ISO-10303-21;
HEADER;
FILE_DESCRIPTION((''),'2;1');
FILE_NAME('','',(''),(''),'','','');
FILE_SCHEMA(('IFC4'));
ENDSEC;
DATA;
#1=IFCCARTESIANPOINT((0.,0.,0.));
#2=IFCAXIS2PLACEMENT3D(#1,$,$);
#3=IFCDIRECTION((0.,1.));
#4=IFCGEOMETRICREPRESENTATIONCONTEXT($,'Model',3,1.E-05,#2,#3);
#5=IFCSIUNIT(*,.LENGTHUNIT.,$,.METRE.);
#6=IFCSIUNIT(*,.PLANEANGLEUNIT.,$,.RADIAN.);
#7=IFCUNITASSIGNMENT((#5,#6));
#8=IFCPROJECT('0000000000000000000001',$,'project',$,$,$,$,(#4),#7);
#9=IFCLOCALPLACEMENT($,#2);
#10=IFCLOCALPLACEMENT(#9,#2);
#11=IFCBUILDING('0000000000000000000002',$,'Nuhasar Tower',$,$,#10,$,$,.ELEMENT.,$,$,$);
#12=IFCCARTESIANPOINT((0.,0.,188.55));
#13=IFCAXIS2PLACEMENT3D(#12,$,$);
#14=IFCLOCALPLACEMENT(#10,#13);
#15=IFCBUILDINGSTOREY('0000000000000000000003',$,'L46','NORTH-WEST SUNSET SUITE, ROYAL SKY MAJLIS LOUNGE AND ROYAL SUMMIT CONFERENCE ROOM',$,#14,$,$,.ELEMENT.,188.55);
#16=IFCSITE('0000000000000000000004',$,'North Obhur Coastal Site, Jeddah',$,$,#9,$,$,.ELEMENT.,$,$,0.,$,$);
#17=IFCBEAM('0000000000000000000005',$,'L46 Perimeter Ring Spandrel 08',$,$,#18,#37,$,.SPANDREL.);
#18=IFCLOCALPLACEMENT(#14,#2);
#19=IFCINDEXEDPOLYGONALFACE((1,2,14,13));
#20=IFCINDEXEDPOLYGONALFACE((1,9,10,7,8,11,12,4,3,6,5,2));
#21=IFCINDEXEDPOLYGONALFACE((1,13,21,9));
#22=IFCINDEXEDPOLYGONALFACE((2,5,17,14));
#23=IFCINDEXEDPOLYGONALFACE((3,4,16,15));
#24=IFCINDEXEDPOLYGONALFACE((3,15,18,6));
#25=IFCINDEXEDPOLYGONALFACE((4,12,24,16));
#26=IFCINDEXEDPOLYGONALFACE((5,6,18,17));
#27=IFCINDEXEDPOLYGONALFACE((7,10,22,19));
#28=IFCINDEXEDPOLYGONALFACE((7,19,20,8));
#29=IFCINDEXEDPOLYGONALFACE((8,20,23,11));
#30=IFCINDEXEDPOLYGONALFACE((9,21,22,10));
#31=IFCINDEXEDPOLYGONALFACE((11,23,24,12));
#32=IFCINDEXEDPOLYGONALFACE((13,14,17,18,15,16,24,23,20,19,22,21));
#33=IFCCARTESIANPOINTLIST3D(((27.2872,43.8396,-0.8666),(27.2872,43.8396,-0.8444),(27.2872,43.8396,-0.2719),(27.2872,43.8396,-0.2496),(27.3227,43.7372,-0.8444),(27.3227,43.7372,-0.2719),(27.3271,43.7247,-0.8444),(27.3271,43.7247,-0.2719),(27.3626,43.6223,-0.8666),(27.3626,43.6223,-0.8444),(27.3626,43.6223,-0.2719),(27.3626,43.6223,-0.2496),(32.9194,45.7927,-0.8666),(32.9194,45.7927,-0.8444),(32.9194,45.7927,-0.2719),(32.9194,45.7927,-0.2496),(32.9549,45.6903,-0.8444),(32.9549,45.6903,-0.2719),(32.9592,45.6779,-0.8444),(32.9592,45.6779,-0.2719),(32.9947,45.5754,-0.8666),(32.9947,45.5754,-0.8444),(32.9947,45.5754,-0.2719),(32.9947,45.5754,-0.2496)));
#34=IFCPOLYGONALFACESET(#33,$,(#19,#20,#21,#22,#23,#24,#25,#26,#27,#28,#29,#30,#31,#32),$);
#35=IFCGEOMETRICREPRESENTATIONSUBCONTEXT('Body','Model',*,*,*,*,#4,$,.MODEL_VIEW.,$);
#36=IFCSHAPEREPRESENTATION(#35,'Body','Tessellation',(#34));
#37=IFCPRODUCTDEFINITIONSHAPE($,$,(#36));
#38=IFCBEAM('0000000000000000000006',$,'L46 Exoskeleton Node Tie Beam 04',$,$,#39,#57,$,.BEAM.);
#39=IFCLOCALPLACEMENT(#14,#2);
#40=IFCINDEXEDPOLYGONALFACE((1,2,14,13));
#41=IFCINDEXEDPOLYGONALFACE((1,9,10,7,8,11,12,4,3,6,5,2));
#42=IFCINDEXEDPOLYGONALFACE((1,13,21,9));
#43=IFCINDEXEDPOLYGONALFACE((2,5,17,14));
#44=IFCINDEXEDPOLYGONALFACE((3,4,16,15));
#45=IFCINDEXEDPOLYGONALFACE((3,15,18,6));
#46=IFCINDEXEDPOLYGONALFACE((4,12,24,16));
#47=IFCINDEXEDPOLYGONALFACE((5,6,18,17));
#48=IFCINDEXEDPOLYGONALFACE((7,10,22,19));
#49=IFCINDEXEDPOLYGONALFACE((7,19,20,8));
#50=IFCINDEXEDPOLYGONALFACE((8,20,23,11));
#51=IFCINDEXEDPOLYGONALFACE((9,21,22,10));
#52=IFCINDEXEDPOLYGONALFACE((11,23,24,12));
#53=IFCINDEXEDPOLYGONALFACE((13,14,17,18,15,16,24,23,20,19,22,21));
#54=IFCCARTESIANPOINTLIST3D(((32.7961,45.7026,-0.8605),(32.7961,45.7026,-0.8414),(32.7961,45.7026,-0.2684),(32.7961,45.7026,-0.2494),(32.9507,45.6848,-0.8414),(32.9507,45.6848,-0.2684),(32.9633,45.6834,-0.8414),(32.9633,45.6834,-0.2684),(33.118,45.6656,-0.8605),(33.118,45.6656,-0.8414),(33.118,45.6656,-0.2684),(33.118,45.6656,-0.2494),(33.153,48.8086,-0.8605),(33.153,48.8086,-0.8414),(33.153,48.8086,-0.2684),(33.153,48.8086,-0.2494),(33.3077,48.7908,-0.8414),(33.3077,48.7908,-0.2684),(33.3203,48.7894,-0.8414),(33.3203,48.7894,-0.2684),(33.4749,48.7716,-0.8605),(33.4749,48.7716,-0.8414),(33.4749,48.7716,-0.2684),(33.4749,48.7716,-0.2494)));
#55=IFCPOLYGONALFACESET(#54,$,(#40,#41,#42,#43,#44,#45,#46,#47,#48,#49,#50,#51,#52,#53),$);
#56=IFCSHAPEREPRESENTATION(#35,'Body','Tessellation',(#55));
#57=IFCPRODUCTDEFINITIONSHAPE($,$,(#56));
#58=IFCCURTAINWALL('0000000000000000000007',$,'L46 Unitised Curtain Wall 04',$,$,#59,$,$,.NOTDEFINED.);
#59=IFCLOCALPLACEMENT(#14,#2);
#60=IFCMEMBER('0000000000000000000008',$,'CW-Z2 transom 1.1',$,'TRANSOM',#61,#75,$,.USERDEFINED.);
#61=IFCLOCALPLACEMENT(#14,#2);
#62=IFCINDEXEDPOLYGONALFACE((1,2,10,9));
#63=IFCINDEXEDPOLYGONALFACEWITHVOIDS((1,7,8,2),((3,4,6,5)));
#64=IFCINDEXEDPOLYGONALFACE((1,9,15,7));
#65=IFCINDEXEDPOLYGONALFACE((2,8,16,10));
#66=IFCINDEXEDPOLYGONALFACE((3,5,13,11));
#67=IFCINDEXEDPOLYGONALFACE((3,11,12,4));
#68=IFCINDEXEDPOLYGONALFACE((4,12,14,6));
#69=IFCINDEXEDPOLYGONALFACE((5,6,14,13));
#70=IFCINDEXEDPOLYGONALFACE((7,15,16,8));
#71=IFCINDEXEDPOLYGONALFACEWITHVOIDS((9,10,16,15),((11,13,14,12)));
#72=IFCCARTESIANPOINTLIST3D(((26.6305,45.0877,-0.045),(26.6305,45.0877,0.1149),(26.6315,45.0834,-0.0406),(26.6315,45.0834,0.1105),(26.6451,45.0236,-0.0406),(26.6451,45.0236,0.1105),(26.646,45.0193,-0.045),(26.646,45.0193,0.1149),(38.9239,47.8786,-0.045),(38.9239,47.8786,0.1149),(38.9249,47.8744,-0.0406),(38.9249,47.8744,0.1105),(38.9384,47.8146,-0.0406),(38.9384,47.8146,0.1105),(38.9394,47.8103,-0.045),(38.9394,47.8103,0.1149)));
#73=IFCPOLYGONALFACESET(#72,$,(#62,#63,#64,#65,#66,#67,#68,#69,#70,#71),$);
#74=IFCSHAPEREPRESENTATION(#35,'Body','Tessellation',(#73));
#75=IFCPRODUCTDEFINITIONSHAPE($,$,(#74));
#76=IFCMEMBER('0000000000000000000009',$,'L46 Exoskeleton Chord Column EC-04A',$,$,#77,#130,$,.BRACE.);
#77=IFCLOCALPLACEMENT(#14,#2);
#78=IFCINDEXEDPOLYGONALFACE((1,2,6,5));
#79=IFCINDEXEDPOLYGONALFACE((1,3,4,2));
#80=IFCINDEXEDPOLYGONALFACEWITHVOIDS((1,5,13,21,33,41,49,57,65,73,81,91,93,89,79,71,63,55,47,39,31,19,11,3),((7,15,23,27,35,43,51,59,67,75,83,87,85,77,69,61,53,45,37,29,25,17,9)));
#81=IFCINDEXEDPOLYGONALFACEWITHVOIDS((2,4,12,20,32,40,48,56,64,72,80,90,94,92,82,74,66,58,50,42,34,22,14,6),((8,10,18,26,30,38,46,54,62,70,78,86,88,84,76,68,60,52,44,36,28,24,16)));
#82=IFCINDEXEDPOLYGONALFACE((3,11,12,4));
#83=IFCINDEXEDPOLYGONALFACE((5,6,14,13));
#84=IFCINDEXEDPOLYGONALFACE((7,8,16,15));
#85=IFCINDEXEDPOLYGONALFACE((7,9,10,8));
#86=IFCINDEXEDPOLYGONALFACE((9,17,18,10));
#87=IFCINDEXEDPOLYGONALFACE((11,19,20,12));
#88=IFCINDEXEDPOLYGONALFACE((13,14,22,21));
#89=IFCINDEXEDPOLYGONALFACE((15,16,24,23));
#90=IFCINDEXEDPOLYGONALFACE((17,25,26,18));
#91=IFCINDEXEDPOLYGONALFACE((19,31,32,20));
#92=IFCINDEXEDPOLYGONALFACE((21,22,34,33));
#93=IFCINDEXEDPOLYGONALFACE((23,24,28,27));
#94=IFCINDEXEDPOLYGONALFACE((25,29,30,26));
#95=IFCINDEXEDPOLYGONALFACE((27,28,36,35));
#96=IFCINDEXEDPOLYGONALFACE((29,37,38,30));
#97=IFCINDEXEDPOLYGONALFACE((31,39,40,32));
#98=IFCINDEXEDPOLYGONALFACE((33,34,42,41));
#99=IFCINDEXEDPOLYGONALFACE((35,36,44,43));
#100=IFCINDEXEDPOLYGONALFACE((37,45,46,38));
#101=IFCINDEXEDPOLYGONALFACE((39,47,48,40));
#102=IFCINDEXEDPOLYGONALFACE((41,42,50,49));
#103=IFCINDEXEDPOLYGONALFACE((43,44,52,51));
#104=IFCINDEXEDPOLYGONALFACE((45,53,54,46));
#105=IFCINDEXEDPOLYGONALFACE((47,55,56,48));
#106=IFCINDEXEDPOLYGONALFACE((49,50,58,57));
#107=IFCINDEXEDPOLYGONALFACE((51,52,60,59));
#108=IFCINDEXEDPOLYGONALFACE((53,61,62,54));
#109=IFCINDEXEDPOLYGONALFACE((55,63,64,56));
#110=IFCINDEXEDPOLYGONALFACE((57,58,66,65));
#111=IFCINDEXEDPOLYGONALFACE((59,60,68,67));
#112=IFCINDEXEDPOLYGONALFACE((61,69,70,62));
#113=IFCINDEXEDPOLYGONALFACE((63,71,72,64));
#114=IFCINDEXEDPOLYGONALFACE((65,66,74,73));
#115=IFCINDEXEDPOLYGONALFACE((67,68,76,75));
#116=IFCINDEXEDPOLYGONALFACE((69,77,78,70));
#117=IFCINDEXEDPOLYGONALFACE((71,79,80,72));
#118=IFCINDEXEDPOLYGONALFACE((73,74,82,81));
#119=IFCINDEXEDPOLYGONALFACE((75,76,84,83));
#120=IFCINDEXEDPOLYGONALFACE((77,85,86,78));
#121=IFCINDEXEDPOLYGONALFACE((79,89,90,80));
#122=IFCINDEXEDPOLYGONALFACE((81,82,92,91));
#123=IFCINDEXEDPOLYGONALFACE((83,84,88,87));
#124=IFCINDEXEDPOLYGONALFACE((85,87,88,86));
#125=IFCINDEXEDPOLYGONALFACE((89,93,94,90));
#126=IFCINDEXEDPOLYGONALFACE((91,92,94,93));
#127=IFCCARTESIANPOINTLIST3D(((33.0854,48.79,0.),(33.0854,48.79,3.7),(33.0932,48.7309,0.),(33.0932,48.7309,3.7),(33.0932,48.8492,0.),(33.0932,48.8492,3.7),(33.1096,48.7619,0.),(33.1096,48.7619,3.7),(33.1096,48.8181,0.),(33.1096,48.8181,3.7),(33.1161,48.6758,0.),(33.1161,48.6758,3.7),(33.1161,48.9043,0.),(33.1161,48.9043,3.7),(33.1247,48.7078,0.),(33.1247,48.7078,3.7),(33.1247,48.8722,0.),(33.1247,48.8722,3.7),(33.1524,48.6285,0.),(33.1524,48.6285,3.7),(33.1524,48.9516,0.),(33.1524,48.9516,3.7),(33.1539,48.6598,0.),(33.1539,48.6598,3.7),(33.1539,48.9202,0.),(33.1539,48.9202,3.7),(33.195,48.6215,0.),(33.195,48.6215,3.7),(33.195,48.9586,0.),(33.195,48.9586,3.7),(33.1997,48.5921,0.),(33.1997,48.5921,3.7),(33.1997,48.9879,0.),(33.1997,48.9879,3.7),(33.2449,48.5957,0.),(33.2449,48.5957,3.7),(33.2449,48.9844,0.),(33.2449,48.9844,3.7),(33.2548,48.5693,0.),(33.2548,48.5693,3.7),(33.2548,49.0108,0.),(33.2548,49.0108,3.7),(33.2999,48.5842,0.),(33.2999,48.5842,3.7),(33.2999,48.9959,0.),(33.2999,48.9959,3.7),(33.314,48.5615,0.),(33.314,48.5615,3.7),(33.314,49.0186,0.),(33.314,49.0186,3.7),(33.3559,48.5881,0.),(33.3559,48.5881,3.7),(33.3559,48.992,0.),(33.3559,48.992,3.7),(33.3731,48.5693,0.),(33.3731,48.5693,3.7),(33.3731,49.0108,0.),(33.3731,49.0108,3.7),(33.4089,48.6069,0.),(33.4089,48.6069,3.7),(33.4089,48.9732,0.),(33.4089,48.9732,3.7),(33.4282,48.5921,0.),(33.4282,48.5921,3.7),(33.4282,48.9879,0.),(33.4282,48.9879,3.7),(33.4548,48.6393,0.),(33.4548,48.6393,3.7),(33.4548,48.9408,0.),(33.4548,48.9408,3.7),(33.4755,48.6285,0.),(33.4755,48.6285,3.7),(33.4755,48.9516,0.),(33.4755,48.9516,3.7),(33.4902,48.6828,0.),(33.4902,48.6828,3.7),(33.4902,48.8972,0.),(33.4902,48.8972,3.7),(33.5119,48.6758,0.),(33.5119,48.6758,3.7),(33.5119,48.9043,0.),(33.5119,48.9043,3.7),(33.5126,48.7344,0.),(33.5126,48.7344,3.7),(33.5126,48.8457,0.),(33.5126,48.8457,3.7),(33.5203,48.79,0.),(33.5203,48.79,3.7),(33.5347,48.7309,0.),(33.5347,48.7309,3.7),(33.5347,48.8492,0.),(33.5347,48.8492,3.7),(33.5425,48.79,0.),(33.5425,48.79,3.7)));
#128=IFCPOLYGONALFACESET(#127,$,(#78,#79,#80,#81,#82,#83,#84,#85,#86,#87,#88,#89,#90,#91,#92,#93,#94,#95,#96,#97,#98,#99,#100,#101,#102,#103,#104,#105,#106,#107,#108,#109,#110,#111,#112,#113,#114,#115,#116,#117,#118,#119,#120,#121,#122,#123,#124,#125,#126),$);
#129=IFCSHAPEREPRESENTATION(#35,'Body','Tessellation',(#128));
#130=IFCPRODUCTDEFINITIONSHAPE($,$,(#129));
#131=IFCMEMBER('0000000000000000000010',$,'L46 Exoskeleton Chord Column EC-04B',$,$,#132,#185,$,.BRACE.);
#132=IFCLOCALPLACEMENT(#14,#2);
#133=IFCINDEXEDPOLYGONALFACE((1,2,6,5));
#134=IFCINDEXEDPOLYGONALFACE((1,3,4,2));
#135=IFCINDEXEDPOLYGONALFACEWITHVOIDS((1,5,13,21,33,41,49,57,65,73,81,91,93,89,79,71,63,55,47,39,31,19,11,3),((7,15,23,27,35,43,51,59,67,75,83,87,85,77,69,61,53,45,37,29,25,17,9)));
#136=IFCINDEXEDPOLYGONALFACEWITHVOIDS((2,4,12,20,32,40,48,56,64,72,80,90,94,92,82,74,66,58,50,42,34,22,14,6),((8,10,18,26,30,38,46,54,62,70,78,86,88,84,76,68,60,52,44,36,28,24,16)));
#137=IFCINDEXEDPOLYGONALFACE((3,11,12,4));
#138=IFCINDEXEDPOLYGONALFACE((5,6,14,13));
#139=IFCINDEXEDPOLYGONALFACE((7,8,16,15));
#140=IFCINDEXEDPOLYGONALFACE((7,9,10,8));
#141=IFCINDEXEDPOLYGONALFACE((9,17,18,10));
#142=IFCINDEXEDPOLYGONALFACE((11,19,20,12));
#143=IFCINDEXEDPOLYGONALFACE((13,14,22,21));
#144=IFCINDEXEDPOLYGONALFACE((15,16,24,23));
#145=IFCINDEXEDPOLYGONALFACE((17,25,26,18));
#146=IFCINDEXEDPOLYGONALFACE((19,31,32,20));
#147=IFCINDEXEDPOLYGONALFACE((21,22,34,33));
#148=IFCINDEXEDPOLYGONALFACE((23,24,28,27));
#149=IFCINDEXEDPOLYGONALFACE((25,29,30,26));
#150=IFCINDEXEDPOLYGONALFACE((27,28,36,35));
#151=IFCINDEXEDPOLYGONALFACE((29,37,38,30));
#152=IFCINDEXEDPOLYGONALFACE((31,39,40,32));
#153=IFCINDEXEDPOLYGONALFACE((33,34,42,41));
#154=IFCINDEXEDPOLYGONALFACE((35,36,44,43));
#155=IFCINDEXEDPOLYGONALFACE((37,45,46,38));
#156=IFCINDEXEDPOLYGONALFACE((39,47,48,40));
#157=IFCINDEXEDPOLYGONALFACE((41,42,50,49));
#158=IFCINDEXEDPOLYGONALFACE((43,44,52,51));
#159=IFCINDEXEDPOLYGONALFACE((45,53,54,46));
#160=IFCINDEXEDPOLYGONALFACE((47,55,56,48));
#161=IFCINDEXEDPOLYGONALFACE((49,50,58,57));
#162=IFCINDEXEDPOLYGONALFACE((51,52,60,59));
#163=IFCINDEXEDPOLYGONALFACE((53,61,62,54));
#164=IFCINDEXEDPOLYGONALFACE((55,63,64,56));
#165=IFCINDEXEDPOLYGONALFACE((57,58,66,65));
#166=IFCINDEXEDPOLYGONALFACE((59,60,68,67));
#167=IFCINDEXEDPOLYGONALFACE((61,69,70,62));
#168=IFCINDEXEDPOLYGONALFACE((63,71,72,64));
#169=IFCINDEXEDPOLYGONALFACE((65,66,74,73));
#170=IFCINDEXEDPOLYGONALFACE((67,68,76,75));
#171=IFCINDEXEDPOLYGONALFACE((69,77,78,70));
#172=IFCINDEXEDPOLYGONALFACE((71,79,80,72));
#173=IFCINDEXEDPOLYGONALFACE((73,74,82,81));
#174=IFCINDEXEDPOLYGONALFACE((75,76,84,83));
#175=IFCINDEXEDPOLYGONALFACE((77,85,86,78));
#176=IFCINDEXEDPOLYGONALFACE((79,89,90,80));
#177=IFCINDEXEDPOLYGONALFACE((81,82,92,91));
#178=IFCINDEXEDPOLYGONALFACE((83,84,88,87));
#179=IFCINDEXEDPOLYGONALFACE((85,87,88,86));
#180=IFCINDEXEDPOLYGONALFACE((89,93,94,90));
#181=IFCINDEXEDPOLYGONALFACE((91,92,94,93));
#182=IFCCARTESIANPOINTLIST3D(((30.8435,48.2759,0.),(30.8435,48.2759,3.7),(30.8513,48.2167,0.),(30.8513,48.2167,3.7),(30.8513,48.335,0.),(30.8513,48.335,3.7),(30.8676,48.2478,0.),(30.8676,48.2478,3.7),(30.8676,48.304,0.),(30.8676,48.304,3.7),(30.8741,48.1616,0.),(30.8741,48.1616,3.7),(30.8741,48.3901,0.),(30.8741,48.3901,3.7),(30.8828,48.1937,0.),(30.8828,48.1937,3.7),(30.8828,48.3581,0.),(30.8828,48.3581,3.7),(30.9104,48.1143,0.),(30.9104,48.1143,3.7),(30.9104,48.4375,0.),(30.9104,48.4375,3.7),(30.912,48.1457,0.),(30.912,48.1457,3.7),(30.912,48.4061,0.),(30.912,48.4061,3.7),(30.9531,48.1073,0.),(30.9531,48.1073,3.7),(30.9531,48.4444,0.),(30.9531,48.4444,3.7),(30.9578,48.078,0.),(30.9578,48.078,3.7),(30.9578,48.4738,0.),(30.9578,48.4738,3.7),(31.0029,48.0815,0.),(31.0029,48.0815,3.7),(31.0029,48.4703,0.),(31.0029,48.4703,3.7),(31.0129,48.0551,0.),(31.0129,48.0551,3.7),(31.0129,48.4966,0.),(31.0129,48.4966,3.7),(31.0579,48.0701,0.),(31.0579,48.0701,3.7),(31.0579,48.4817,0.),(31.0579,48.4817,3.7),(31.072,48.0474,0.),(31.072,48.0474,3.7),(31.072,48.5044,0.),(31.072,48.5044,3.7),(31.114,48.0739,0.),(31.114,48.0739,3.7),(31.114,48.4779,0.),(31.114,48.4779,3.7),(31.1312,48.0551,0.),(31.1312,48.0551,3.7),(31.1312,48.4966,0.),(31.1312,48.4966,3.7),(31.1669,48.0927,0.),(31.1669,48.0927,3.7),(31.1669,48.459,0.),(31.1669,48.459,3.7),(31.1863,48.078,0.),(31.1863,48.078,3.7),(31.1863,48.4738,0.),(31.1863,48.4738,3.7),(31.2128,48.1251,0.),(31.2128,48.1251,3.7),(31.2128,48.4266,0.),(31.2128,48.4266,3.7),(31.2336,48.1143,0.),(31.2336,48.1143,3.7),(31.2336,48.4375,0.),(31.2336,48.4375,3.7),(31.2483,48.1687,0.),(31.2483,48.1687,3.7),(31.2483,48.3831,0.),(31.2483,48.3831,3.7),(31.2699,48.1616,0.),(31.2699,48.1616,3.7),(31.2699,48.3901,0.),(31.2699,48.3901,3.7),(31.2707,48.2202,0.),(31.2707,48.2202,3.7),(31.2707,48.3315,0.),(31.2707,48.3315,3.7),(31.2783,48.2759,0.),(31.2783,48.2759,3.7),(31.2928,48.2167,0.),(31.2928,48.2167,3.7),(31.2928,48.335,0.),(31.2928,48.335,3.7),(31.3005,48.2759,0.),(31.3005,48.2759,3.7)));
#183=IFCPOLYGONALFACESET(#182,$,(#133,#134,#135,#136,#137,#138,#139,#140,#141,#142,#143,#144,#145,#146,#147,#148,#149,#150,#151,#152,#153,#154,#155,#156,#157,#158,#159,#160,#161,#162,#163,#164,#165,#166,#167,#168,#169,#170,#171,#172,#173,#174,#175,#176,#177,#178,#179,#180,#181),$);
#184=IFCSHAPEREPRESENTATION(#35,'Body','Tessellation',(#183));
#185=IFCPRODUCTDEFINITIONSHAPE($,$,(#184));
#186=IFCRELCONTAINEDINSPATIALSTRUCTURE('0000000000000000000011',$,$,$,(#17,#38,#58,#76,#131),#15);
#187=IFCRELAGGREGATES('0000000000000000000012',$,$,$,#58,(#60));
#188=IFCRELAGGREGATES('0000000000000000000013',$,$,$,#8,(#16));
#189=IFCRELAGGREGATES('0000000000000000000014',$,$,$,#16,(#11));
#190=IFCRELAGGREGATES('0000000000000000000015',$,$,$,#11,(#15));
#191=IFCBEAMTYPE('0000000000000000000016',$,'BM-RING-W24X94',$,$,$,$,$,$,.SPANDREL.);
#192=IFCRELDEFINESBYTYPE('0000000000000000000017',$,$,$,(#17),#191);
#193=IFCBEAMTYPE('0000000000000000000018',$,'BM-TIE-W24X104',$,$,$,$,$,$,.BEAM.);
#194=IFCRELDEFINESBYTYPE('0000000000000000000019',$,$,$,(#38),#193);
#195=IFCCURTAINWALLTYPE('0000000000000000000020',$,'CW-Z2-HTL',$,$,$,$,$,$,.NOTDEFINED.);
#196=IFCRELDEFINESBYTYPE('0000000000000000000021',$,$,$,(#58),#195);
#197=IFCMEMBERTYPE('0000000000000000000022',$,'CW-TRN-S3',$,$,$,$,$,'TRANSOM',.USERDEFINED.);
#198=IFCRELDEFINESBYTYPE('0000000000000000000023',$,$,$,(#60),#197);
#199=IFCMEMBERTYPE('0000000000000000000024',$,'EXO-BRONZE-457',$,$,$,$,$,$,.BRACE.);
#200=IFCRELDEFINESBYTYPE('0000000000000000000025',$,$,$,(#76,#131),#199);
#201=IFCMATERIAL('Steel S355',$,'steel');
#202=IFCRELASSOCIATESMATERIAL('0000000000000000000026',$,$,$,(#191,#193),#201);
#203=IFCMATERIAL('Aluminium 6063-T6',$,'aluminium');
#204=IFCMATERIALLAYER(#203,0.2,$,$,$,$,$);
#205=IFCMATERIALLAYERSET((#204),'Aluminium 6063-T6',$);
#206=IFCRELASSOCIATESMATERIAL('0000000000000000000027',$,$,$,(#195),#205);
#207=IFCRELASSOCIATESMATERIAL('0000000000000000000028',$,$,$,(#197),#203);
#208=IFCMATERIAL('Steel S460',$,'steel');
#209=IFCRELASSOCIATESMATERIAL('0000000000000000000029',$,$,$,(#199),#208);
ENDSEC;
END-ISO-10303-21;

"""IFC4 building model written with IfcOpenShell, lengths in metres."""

from ifc_helpers import new_model, si_unit, direction, frame, origin, origin_2d, place, context, subcontext, project, spatial, hollow_rectangle, hollow_circle, i_section, extrude, material, layer, layer_set, material_profile, profile_set, type_object, element, aggregate, save


model = new_model("IFC4")

# Units and contexts
model_context = context("Model", 3, precision=1e-05, world=origin(), true_north=direction((0.0, 1.0)))
body_context = subcontext(model_context, "Body", "Model", "MODEL_VIEW")
ifc_project = project(units=[si_unit("LENGTHUNIT", "METRE"), si_unit("PLANEANGLEUNIT", "RADIAN")], contexts=[model_context])

# Site, building, storey
site_placement = place(None, origin())
site = spatial("IfcSite", under=ifc_project, at=site_placement, Name="North Obhur Coastal Site, Jeddah", CompositionType="ELEMENT", RefElevation=0.0)
building_placement = place(site_placement, origin())
building = spatial("IfcBuilding", under=site, at=building_placement, Name="Nuhasar Tower", CompositionType="ELEMENT")
storey_placement = place(building_placement, frame((0.0, 0.0, 188.55)))
storey = spatial("IfcBuildingStorey", under=building, at=storey_placement, Name="L46", Description="NORTH-WEST SUNSET SUITE, ROYAL SKY MAJLIS LOUNGE AND ROYAL SUMMIT CONFERENCE ROOM", CompositionType="ELEMENT", Elevation=188.55)

# Beams
ifc_material_1 = material(Name="Steel S355", Category="steel")
ifc_material_profile_1 = material_profile(ifc_material_1, i_section(OverallWidth=0.23, OverallDepth=0.6169, WebThickness=0.0132, FlangeThickness=0.0222, at=origin_2d()), Name="W24X94")
ifc_profile_set_1 = profile_set([ifc_material_profile_1], Name="Steel S355")
beam_type_1 = type_object("IfcBeamType", Name="BM-RING-W24X94", PredefinedType="SPANDREL", material=ifc_profile_set_1)
beam_1_placement = place(storey_placement, frame((32.957, 45.6841, -0.5581), z_axis=(-0.944801, -0.327644, 0.0), x_axis=(0.327644, -0.944801, 0.0)))
element("IfcBeam", 1, at=beam_1_placement, inside=storey, type_object=beam_type_1, Name="L46 Perimeter Ring Spandrel 08", PredefinedType="SPANDREL", context=body_context, shape_type="SweptSolid", body=[
    extrude(i_section(OverallWidth=0.23, OverallDepth=0.6169, WebThickness=0.0132, FlangeThickness=0.0222, at=origin_2d()), origin(), (0.0, 0.0, 1.0), 5.9612),
])
ifc_material_profile_2 = material_profile(ifc_material_1, i_section(OverallWidth=0.324, OverallDepth=0.6111, WebThickness=0.0127, FlangeThickness=0.019, at=origin_2d()), Name="W24X104")
ifc_profile_set_2 = profile_set([ifc_material_profile_2], Name="Steel S355")
beam_type_2 = type_object("IfcBeamType", Name="BM-TIE-W24X104", PredefinedType="BEAM", material=ifc_profile_set_2)
beam_2_placement = place(storey_placement, frame((32.957, 45.6841, -0.5549), z_axis=(0.114168, 0.993461, 0.0), x_axis=(-0.993461, 0.114168, 0.0)))
element("IfcBeam", 2, at=beam_2_placement, inside=storey, type_object=beam_type_2, Name="L46 Exoskeleton Node Tie Beam 04", PredefinedType="BEAM", context=body_context, shape_type="SweptSolid", body=[
    extrude(i_section(OverallWidth=0.324, OverallDepth=0.6111, WebThickness=0.0127, FlangeThickness=0.019, at=origin_2d()), origin(), (0.0, 0.0, 1.0), 3.1265),
])

# Curtain wall, member
ifc_material_2 = material(Name="Aluminium 6063-T6", Category="aluminium")
ifc_layer_1 = layer(ifc_material_2, 0.2)
ifc_layer_set_1 = layer_set([ifc_layer_1], Name="Aluminium 6063-T6")
curtain_wall_type = type_object("IfcCurtainWallType", Name="CW-Z2-HTL", PredefinedType="NOTDEFINED", material=ifc_layer_set_1)
curtain_wall_placement = place(storey_placement, origin())
curtain_wall = element("IfcCurtainWall", 3, at=curtain_wall_placement, inside=storey, type_object=curtain_wall_type, Name="L46 Unitised Curtain Wall 04", PredefinedType="NOTDEFINED")
ifc_material_profile_3 = material_profile(ifc_material_2, hollow_rectangle(XDim=0.0701, YDim=0.1599, WallThickness=0.0044, at=origin_2d()), Name="CWT-3")
ifc_profile_set_3 = profile_set([ifc_material_profile_3], Name="Aluminium 6063-T6")
member_type_1 = type_object("IfcMemberType", Name="CW-TRN-S3", ElementType="TRANSOM", PredefinedType="USERDEFINED", material=ifc_profile_set_3)
member_1_placement = place(storey_placement, frame((38.9316, 47.8445, 0.0349), z_axis=(-0.975183, -0.221398, 0.0), x_axis=(0.221398, -0.975183, 0.0)))
member_1 = element("IfcMember", 4, at=member_1_placement, type_object=member_type_1, Name="CW-Z2 transom 1.1", ObjectType="TRANSOM", PredefinedType="USERDEFINED", context=body_context, shape_type="SweptSolid", body=[
    extrude(hollow_rectangle(XDim=0.0701, YDim=0.1599, WallThickness=0.0044, at=origin_2d()), origin(), (0.0, 0.0, 1.0), 12.6062),
])

# Members
ifc_material_3 = material(Name="Steel S460", Category="steel")
ifc_material_profile_4 = material_profile(ifc_material_3, hollow_circle(Radius=0.2285, WallThickness=0.0222, at=origin_2d()), Name="HSS457X22.2")
ifc_profile_set_4 = profile_set([ifc_material_profile_4], Name="Steel S460")
member_type_2 = type_object("IfcMemberType", Name="EXO-BRONZE-457", PredefinedType="BRACE", material=ifc_profile_set_4)
for number, where, z_axis, x_axis, name in (
    (5, (33.314, 48.79, 0.0), (0.0, 0.0, 1.0), (1.0, 0.0, 0.0), "L46 Exoskeleton Chord Column EC-04A"),
    (6, (31.072, 48.2759, 0.0), (0.0, 0.0, 1.0), (1.0, 0.0, 0.0), "L46 Exoskeleton Chord Column EC-04B"),
):
    element("IfcMember", number, at=place(storey_placement, frame(where, z_axis=z_axis, x_axis=x_axis)), inside=storey, type_object=member_type_2, Name=name, PredefinedType="BRACE", context=body_context, shape_type="SweptSolid", body=[
        extrude(hollow_circle(Radius=0.2285, WallThickness=0.0222, at=origin_2d()), origin(), (0.0, 0.0, 1.0), 3.7),
    ])

aggregate(curtain_wall, [member_1])

save(model, "model.ifc")
